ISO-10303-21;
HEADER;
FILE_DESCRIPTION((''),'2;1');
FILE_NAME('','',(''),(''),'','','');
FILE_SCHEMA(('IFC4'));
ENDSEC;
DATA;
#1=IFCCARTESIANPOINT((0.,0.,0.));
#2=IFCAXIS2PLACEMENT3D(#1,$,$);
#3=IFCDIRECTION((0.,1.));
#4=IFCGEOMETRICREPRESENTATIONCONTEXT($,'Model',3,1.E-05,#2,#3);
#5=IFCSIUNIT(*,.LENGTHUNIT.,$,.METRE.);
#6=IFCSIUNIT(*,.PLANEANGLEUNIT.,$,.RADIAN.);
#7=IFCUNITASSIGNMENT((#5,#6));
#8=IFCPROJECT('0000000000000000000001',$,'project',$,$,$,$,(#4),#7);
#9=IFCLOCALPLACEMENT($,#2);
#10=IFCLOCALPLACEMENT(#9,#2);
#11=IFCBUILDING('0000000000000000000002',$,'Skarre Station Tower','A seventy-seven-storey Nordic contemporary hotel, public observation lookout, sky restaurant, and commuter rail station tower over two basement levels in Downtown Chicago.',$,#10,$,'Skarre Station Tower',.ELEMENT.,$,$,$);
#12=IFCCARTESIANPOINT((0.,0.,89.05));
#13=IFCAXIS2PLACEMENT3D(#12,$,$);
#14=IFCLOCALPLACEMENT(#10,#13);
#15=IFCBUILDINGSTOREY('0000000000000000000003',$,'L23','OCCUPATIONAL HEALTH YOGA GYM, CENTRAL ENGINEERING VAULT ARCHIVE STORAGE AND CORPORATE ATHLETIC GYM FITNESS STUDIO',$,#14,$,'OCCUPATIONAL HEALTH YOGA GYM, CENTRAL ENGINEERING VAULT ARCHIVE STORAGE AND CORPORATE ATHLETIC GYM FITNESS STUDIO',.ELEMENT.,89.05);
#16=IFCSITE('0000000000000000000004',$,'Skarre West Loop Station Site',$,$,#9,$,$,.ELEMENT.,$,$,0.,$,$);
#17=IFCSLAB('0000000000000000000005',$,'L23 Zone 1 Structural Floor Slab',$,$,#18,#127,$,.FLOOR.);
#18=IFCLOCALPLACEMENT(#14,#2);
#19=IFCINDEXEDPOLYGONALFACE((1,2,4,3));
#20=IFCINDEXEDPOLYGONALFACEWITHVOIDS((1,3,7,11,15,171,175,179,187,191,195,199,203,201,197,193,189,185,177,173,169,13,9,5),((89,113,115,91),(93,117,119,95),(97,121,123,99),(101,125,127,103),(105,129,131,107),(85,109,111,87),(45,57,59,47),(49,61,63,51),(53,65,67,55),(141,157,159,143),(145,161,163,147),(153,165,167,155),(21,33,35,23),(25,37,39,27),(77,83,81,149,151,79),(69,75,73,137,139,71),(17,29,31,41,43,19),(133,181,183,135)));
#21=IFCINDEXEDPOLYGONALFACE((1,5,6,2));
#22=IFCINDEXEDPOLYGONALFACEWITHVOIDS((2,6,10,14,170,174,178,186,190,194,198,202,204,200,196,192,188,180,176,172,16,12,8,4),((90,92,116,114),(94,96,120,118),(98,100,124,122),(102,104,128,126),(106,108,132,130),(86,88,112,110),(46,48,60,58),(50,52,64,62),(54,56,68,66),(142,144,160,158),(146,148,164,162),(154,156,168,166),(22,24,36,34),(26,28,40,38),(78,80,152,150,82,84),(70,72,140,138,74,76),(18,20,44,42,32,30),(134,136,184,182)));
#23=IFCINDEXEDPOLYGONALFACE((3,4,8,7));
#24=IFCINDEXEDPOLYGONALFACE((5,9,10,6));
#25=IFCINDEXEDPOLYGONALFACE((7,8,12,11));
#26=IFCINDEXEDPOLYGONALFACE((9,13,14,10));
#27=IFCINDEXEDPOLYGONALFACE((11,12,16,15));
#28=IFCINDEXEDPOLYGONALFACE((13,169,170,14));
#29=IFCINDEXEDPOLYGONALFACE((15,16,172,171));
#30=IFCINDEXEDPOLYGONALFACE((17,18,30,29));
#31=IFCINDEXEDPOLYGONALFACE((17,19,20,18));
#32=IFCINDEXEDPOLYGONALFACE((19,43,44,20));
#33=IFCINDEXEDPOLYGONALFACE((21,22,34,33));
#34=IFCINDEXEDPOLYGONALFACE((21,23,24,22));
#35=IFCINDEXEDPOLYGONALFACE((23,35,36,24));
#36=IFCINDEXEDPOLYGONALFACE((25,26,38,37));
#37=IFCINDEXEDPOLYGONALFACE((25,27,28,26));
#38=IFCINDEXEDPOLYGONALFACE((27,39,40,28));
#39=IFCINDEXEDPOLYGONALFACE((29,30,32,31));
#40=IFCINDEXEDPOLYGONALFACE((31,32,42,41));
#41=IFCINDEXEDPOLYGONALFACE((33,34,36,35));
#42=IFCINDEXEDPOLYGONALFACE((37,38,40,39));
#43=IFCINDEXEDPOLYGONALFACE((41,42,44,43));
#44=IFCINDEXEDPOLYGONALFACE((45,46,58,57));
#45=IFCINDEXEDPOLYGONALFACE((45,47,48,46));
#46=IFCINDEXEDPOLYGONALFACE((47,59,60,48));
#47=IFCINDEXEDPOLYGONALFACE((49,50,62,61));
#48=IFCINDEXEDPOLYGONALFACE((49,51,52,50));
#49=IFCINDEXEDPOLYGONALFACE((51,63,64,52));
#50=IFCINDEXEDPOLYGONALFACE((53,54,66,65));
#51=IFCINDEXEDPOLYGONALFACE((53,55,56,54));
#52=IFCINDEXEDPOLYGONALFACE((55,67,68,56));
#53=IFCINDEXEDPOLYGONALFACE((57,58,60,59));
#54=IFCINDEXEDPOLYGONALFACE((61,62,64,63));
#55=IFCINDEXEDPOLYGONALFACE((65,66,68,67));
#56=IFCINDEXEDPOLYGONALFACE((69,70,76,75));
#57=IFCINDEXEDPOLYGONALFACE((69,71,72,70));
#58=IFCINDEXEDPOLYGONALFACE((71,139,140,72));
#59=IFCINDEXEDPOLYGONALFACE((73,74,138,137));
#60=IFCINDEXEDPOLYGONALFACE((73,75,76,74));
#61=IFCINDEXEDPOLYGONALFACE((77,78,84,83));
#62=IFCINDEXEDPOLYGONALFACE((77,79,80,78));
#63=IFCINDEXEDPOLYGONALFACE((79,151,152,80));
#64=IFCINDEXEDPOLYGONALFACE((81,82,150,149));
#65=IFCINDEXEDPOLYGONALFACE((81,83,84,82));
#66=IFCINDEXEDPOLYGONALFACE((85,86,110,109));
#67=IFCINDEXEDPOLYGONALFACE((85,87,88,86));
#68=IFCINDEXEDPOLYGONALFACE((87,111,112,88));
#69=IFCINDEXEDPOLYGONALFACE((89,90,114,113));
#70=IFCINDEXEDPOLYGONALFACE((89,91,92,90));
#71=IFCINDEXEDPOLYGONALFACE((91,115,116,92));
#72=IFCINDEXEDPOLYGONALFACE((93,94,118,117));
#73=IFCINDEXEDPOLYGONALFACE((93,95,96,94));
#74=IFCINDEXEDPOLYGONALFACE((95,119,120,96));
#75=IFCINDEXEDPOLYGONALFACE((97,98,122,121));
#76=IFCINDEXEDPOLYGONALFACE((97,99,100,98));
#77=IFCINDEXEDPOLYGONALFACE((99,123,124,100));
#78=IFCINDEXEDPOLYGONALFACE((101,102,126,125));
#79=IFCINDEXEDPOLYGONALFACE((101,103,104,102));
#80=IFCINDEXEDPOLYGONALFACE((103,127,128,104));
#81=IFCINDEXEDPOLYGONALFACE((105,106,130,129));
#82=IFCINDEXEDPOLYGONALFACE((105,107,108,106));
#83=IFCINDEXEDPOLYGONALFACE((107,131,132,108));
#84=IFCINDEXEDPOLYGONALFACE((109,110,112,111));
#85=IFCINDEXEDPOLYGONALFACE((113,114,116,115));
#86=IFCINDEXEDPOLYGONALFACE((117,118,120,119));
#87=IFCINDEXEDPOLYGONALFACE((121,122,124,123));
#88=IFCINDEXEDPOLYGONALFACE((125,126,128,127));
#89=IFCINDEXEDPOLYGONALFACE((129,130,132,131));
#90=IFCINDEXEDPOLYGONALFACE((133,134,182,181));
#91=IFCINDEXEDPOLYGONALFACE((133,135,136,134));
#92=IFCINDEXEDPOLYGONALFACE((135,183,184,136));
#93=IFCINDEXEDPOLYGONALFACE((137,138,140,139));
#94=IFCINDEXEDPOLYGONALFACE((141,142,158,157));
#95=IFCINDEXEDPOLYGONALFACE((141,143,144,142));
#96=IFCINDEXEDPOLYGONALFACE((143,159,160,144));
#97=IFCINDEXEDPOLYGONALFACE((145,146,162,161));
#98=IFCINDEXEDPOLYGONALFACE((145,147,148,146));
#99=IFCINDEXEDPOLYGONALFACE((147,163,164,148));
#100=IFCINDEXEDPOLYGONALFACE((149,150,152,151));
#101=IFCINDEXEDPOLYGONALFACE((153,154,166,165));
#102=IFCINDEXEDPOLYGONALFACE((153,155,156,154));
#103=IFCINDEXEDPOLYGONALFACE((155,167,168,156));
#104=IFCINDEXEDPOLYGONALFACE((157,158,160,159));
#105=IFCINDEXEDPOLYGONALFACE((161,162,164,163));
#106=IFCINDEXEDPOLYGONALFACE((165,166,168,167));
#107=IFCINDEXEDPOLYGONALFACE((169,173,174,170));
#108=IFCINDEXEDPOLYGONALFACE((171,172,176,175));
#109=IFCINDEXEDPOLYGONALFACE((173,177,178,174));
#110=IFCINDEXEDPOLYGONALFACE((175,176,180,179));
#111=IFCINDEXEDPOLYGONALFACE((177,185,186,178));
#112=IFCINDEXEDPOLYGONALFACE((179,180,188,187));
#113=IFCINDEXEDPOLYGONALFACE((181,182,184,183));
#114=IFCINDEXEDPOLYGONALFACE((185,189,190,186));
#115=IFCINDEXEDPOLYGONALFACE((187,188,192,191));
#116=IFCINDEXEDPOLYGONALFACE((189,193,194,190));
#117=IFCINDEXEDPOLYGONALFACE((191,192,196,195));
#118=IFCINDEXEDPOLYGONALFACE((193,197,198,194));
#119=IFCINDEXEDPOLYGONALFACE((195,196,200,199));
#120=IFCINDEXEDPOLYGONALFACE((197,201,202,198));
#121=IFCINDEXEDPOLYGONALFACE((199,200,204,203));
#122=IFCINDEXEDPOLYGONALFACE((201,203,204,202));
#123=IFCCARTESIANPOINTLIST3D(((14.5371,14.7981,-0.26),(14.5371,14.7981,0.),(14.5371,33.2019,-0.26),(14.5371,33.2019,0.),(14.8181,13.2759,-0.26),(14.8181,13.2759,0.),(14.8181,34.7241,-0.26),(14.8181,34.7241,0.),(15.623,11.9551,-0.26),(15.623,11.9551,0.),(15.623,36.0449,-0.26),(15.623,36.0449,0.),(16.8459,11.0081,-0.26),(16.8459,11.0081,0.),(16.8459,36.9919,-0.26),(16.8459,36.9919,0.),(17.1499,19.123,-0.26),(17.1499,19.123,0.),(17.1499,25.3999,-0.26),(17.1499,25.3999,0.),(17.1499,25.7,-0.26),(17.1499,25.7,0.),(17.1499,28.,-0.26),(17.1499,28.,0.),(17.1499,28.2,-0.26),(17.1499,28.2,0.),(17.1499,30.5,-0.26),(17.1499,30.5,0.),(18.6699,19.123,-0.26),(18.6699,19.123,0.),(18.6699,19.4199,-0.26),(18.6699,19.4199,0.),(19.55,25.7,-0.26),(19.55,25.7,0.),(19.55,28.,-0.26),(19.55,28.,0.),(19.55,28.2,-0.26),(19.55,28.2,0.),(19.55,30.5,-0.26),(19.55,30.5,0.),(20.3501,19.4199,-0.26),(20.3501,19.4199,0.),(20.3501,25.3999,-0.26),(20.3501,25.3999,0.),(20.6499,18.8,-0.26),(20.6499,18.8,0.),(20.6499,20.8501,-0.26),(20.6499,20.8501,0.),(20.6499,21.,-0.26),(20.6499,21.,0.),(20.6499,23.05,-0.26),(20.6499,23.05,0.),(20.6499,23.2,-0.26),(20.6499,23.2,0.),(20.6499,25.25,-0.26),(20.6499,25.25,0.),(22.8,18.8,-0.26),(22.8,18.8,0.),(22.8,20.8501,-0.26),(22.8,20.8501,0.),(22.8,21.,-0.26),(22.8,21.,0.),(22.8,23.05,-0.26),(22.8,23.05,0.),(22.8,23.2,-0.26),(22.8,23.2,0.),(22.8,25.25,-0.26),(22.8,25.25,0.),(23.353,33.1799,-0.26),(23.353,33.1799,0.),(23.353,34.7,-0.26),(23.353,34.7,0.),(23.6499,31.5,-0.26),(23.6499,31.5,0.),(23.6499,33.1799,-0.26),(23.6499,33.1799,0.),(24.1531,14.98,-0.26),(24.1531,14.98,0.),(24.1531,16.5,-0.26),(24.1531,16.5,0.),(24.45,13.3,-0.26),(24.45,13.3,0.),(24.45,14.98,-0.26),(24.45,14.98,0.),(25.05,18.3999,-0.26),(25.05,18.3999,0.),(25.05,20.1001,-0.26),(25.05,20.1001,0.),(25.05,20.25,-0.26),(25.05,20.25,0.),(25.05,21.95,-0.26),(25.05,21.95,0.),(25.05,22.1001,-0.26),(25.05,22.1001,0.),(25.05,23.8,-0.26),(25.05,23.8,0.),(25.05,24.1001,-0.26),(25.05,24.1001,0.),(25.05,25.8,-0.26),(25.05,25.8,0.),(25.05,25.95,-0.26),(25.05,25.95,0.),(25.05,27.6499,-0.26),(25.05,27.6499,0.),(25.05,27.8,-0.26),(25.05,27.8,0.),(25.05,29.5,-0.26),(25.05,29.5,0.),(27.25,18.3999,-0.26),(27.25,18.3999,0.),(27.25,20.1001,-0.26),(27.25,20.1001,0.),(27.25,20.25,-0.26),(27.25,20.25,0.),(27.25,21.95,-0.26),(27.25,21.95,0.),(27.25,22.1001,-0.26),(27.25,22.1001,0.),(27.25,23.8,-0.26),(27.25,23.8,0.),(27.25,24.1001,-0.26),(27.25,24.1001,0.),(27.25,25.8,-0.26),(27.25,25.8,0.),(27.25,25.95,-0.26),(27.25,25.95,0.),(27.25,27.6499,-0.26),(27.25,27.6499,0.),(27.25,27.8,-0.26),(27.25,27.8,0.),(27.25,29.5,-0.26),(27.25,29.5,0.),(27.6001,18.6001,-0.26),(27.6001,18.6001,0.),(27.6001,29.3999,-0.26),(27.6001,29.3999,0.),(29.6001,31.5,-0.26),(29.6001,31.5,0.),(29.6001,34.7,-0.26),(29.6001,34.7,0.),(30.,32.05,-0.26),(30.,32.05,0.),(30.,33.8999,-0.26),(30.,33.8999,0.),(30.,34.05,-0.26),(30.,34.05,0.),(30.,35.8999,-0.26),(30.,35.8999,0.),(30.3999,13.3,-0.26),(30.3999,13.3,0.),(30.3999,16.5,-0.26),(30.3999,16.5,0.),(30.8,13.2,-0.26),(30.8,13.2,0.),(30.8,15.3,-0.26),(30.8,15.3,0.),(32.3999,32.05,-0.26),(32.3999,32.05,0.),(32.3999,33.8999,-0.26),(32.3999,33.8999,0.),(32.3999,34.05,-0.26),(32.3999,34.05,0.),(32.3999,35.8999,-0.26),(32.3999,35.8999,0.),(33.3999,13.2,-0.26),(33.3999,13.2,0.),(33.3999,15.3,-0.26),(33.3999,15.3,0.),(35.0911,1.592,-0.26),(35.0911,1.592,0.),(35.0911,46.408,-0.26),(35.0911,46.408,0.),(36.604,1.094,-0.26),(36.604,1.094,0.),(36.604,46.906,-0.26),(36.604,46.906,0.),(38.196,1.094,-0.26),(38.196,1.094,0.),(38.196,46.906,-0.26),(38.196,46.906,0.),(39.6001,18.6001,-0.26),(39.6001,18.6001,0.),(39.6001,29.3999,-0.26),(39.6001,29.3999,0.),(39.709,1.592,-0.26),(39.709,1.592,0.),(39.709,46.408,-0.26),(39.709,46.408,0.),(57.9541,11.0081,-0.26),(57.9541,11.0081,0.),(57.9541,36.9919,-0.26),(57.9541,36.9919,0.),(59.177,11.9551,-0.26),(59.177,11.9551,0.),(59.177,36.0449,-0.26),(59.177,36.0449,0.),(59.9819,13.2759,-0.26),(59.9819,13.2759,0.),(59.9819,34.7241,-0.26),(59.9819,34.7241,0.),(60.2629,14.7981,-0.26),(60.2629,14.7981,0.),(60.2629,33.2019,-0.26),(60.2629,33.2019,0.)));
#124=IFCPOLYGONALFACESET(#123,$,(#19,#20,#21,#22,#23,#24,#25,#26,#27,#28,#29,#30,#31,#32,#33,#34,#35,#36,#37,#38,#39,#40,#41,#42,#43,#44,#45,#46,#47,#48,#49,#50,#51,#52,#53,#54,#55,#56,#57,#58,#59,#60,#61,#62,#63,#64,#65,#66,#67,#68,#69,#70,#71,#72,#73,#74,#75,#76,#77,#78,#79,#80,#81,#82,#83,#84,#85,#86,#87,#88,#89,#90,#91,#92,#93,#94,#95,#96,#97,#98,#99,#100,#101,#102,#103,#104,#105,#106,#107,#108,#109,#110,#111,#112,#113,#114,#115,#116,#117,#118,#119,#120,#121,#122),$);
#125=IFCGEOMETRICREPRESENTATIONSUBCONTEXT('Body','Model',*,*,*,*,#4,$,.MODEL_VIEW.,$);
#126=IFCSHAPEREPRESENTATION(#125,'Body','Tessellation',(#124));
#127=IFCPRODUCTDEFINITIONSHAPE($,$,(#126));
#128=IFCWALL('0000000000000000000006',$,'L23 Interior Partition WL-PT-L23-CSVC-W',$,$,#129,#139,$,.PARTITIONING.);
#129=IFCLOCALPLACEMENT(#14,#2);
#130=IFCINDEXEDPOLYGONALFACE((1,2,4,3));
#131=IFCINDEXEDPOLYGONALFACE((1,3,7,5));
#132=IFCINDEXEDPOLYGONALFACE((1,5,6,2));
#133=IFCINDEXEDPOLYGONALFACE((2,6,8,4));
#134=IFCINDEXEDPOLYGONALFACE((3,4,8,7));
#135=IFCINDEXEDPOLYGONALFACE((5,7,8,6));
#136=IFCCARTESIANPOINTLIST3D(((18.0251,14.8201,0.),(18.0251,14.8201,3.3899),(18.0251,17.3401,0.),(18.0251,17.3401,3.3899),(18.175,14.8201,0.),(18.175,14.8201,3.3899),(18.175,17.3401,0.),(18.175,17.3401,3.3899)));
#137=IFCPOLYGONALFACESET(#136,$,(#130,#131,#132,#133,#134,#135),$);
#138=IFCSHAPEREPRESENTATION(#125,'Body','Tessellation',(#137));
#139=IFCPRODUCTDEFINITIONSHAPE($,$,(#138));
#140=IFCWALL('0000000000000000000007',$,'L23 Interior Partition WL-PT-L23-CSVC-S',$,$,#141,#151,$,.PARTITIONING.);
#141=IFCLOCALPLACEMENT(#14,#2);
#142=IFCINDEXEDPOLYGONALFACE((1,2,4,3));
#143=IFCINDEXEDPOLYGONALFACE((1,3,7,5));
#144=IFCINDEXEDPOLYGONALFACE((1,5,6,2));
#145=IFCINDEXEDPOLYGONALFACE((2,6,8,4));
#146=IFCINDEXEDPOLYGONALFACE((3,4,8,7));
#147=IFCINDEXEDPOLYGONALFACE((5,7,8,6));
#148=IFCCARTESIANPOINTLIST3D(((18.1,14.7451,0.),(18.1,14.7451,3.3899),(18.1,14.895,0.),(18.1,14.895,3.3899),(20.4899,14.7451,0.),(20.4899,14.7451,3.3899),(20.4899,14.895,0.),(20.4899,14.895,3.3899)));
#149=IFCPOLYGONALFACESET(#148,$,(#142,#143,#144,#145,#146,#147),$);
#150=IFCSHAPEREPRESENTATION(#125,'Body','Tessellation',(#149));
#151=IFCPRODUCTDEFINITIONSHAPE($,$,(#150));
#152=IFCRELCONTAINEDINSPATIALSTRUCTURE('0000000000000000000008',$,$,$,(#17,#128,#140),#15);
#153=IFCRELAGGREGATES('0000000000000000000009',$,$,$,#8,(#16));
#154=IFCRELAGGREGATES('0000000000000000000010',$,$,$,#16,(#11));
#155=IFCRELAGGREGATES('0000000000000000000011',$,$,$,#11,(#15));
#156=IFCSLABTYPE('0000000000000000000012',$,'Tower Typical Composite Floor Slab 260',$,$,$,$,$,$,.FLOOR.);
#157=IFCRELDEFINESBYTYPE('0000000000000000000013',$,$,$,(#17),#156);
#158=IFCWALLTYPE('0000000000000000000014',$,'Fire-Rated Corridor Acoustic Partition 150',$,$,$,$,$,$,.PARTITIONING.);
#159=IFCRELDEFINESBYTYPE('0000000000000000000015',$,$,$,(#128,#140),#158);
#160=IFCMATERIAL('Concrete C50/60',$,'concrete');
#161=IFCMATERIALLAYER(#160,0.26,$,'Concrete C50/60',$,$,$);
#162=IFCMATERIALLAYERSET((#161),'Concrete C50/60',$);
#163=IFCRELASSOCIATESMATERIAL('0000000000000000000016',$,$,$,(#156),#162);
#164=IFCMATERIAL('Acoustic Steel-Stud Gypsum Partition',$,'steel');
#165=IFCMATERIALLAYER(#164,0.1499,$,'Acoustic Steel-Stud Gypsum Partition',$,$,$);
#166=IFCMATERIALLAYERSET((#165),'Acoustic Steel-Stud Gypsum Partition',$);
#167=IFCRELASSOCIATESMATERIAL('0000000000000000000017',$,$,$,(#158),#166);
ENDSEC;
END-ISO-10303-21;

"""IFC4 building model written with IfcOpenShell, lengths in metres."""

from ifc_helpers import new_model, si_unit, direction, frame, frame_2d, origin, place, context, subcontext, project, spatial, polyline, rectangle, outline, extrude, material, layer, layer_set, type_object, element, save


model = new_model("IFC4")

# Units and contexts
model_context = context("Model", 3, precision=1e-05, world=origin(), true_north=direction((0.0, 1.0)))
body_context = subcontext(model_context, "Body", "Model", "MODEL_VIEW")
ifc_project = project(units=[si_unit("LENGTHUNIT", "METRE"), si_unit("PLANEANGLEUNIT", "RADIAN")], contexts=[model_context])

# Site, building, storey
site_placement = place(None, origin())
site = spatial("IfcSite", under=ifc_project, at=site_placement, Name="Skarre West Loop Station Site", CompositionType="ELEMENT", RefElevation=0.0)
building_placement = place(site_placement, origin())
building = spatial("IfcBuilding", under=site, at=building_placement, Name="Skarre Station Tower", Description="A seventy-seven-storey Nordic contemporary hotel, public observation lookout, sky restaurant, and commuter rail station tower over two basement levels in Downtown Chicago.", LongName="Skarre Station Tower", CompositionType="ELEMENT")
storey_placement = place(building_placement, frame((0.0, 0.0, 89.05)))
storey = spatial("IfcBuildingStorey", under=building, at=storey_placement, Name="L23", Description="OCCUPATIONAL HEALTH YOGA GYM, CENTRAL ENGINEERING VAULT ARCHIVE STORAGE AND CORPORATE ATHLETIC GYM FITNESS STUDIO", LongName="OCCUPATIONAL HEALTH YOGA GYM, CENTRAL ENGINEERING VAULT ARCHIVE STORAGE AND CORPORATE ATHLETIC GYM FITNESS STUDIO", CompositionType="ELEMENT", Elevation=89.05)

# Slab
ifc_material_1 = material(Name="Concrete C50/60", Category="concrete")
ifc_layer_1 = layer(ifc_material_1, 0.26, Name="Concrete C50/60")
ifc_layer_set_1 = layer_set([ifc_layer_1], Name="Concrete C50/60")
slab_type_1 = type_object("IfcSlabType", Name="Tower Typical Composite Floor Slab 260", PredefinedType="FLOOR", material=ifc_layer_set_1)
slab_1_placement = place(storey_placement, frame((0.0, 0.0, -0.26)))
element("IfcSlab", 1, at=slab_1_placement, inside=storey, type_object=slab_type_1, Name="L23 Zone 1 Structural Floor Slab", PredefinedType="FLOOR", context=body_context, shape_type="SweptSolid", body=[
    extrude(outline(polyline([(60.2629, 33.2019), (59.9819, 34.7241), (59.177, 36.0449), (57.9541, 36.9919), (39.709, 46.408), (38.196, 46.906), (36.604, 46.906), (35.0911, 46.408), (16.8459, 36.9919), (15.623, 36.0449), (14.8181, 34.7241), (14.5371, 33.2019), (14.5371, 14.7981), (14.8181, 13.2759), (15.623, 11.9551), (16.8459, 11.0081), (35.0911, 1.592), (36.604, 1.094), (38.196, 1.094), (39.709, 1.592), (57.9541, 11.0081), (59.177, 11.9551), (59.9819, 13.2759), (60.2629, 14.7981), (60.2629, 33.2019)]), holes=[polyline([(18.6699, 19.4199), (18.6699, 19.123), (17.1499, 19.123), (17.1499, 25.3999), (20.3501, 25.3999), (20.3501, 19.4199), (18.6699, 19.4199)]), polyline([(24.45, 14.98), (24.1531, 14.98), (24.1531, 16.5), (30.3999, 16.5), (30.3999, 13.3), (24.45, 13.3), (24.45, 14.98)]), polyline([(23.6499, 33.1799), (23.353, 33.1799), (23.353, 34.7), (29.6001, 34.7), (29.6001, 31.5), (23.6499, 31.5), (23.6499, 33.1799)]), polyline([(17.1499, 28.0), (19.55, 28.0), (19.55, 25.7), (17.1499, 25.7), (17.1499, 28.0)]), polyline([(17.1499, 30.5), (19.55, 30.5), (19.55, 28.2), (17.1499, 28.2), (17.1499, 30.5)]), polyline([(30.8, 15.3), (33.3999, 15.3), (33.3999, 13.2), (30.8, 13.2), (30.8, 15.3)]), polyline([(25.05, 20.1001), (27.25, 20.1001), (27.25, 18.3999), (25.05, 18.3999), (25.05, 20.1001)]), polyline([(25.05, 21.95), (27.25, 21.95), (27.25, 20.25), (25.05, 20.25), (25.05, 21.95)]), polyline([(25.05, 23.8), (27.25, 23.8), (27.25, 22.1001), (25.05, 22.1001), (25.05, 23.8)]), polyline([(25.05, 25.8), (27.25, 25.8), (27.25, 24.1001), (25.05, 24.1001), (25.05, 25.8)]), polyline([(25.05, 27.6499), (27.25, 27.6499), (27.25, 25.95), (25.05, 25.95), (25.05, 27.6499)]), polyline([(25.05, 29.5), (27.25, 29.5), (27.25, 27.8), (25.05, 27.8), (25.05, 29.5)]), polyline([(20.6499, 20.8501), (22.8, 20.8501), (22.8, 18.8), (20.6499, 18.8), (20.6499, 20.8501)]), polyline([(20.6499, 23.05), (22.8, 23.05), (22.8, 21.0), (20.6499, 21.0), (20.6499, 23.05)]), polyline([(20.6499, 25.25), (22.8, 25.25), (22.8, 23.2), (20.6499, 23.2), (20.6499, 25.25)]), polyline([(30.0, 33.8999), (32.3999, 33.8999), (32.3999, 32.05), (30.0, 32.05), (30.0, 33.8999)]), polyline([(30.0, 35.8999), (32.3999, 35.8999), (32.3999, 34.05), (30.0, 34.05), (30.0, 35.8999)]), polyline([(27.6001, 29.3999), (39.6001, 29.3999), (39.6001, 18.6001), (27.6001, 18.6001), (27.6001, 29.3999)])]), origin(), (0.0, 0.0, 1.0), 0.26),
])

# Walls
ifc_material_2 = material(Name="Acoustic Steel-Stud Gypsum Partition", Category="steel")
ifc_layer_2 = layer(ifc_material_2, 0.1499, Name="Acoustic Steel-Stud Gypsum Partition")
ifc_layer_set_2 = layer_set([ifc_layer_2], Name="Acoustic Steel-Stud Gypsum Partition")
wall_type_1 = type_object("IfcWallType", Name="Fire-Rated Corridor Acoustic Partition 150", PredefinedType="PARTITIONING", material=ifc_layer_set_2)
wall_1_placement = place(storey_placement, frame((18.1001, 17.3401, 0.0), z_axis=(0.0, 0.0, 1.0), x_axis=(0.0, -1.0, 0.0)))
element("IfcWall", 2, at=wall_1_placement, inside=storey, type_object=wall_type_1, Name="L23 Interior Partition WL-PT-L23-CSVC-W", PredefinedType="PARTITIONING", context=body_context, shape_type="SweptSolid", body=[
    extrude(rectangle(XDim=2.52, YDim=0.1499, at=frame_2d((1.26, 0.0))), origin(), (0.0, 0.0, 1.0), 3.3899),
])
wall_2_placement = place(storey_placement, frame((18.1001, 14.8201, 0.0), z_axis=(0.0, 0.0, 1.0), x_axis=(1.0, 0.0, 0.0)))
element("IfcWall", 3, at=wall_2_placement, inside=storey, type_object=wall_type_1, Name="L23 Interior Partition WL-PT-L23-CSVC-S", PredefinedType="PARTITIONING", context=body_context, shape_type="SweptSolid", body=[
    extrude(rectangle(XDim=2.3899, YDim=0.1499, at=frame_2d((1.1948, 0.0))), origin(), (0.0, 0.0, 1.0), 3.3899),
])

save(model, "model.ifc")
